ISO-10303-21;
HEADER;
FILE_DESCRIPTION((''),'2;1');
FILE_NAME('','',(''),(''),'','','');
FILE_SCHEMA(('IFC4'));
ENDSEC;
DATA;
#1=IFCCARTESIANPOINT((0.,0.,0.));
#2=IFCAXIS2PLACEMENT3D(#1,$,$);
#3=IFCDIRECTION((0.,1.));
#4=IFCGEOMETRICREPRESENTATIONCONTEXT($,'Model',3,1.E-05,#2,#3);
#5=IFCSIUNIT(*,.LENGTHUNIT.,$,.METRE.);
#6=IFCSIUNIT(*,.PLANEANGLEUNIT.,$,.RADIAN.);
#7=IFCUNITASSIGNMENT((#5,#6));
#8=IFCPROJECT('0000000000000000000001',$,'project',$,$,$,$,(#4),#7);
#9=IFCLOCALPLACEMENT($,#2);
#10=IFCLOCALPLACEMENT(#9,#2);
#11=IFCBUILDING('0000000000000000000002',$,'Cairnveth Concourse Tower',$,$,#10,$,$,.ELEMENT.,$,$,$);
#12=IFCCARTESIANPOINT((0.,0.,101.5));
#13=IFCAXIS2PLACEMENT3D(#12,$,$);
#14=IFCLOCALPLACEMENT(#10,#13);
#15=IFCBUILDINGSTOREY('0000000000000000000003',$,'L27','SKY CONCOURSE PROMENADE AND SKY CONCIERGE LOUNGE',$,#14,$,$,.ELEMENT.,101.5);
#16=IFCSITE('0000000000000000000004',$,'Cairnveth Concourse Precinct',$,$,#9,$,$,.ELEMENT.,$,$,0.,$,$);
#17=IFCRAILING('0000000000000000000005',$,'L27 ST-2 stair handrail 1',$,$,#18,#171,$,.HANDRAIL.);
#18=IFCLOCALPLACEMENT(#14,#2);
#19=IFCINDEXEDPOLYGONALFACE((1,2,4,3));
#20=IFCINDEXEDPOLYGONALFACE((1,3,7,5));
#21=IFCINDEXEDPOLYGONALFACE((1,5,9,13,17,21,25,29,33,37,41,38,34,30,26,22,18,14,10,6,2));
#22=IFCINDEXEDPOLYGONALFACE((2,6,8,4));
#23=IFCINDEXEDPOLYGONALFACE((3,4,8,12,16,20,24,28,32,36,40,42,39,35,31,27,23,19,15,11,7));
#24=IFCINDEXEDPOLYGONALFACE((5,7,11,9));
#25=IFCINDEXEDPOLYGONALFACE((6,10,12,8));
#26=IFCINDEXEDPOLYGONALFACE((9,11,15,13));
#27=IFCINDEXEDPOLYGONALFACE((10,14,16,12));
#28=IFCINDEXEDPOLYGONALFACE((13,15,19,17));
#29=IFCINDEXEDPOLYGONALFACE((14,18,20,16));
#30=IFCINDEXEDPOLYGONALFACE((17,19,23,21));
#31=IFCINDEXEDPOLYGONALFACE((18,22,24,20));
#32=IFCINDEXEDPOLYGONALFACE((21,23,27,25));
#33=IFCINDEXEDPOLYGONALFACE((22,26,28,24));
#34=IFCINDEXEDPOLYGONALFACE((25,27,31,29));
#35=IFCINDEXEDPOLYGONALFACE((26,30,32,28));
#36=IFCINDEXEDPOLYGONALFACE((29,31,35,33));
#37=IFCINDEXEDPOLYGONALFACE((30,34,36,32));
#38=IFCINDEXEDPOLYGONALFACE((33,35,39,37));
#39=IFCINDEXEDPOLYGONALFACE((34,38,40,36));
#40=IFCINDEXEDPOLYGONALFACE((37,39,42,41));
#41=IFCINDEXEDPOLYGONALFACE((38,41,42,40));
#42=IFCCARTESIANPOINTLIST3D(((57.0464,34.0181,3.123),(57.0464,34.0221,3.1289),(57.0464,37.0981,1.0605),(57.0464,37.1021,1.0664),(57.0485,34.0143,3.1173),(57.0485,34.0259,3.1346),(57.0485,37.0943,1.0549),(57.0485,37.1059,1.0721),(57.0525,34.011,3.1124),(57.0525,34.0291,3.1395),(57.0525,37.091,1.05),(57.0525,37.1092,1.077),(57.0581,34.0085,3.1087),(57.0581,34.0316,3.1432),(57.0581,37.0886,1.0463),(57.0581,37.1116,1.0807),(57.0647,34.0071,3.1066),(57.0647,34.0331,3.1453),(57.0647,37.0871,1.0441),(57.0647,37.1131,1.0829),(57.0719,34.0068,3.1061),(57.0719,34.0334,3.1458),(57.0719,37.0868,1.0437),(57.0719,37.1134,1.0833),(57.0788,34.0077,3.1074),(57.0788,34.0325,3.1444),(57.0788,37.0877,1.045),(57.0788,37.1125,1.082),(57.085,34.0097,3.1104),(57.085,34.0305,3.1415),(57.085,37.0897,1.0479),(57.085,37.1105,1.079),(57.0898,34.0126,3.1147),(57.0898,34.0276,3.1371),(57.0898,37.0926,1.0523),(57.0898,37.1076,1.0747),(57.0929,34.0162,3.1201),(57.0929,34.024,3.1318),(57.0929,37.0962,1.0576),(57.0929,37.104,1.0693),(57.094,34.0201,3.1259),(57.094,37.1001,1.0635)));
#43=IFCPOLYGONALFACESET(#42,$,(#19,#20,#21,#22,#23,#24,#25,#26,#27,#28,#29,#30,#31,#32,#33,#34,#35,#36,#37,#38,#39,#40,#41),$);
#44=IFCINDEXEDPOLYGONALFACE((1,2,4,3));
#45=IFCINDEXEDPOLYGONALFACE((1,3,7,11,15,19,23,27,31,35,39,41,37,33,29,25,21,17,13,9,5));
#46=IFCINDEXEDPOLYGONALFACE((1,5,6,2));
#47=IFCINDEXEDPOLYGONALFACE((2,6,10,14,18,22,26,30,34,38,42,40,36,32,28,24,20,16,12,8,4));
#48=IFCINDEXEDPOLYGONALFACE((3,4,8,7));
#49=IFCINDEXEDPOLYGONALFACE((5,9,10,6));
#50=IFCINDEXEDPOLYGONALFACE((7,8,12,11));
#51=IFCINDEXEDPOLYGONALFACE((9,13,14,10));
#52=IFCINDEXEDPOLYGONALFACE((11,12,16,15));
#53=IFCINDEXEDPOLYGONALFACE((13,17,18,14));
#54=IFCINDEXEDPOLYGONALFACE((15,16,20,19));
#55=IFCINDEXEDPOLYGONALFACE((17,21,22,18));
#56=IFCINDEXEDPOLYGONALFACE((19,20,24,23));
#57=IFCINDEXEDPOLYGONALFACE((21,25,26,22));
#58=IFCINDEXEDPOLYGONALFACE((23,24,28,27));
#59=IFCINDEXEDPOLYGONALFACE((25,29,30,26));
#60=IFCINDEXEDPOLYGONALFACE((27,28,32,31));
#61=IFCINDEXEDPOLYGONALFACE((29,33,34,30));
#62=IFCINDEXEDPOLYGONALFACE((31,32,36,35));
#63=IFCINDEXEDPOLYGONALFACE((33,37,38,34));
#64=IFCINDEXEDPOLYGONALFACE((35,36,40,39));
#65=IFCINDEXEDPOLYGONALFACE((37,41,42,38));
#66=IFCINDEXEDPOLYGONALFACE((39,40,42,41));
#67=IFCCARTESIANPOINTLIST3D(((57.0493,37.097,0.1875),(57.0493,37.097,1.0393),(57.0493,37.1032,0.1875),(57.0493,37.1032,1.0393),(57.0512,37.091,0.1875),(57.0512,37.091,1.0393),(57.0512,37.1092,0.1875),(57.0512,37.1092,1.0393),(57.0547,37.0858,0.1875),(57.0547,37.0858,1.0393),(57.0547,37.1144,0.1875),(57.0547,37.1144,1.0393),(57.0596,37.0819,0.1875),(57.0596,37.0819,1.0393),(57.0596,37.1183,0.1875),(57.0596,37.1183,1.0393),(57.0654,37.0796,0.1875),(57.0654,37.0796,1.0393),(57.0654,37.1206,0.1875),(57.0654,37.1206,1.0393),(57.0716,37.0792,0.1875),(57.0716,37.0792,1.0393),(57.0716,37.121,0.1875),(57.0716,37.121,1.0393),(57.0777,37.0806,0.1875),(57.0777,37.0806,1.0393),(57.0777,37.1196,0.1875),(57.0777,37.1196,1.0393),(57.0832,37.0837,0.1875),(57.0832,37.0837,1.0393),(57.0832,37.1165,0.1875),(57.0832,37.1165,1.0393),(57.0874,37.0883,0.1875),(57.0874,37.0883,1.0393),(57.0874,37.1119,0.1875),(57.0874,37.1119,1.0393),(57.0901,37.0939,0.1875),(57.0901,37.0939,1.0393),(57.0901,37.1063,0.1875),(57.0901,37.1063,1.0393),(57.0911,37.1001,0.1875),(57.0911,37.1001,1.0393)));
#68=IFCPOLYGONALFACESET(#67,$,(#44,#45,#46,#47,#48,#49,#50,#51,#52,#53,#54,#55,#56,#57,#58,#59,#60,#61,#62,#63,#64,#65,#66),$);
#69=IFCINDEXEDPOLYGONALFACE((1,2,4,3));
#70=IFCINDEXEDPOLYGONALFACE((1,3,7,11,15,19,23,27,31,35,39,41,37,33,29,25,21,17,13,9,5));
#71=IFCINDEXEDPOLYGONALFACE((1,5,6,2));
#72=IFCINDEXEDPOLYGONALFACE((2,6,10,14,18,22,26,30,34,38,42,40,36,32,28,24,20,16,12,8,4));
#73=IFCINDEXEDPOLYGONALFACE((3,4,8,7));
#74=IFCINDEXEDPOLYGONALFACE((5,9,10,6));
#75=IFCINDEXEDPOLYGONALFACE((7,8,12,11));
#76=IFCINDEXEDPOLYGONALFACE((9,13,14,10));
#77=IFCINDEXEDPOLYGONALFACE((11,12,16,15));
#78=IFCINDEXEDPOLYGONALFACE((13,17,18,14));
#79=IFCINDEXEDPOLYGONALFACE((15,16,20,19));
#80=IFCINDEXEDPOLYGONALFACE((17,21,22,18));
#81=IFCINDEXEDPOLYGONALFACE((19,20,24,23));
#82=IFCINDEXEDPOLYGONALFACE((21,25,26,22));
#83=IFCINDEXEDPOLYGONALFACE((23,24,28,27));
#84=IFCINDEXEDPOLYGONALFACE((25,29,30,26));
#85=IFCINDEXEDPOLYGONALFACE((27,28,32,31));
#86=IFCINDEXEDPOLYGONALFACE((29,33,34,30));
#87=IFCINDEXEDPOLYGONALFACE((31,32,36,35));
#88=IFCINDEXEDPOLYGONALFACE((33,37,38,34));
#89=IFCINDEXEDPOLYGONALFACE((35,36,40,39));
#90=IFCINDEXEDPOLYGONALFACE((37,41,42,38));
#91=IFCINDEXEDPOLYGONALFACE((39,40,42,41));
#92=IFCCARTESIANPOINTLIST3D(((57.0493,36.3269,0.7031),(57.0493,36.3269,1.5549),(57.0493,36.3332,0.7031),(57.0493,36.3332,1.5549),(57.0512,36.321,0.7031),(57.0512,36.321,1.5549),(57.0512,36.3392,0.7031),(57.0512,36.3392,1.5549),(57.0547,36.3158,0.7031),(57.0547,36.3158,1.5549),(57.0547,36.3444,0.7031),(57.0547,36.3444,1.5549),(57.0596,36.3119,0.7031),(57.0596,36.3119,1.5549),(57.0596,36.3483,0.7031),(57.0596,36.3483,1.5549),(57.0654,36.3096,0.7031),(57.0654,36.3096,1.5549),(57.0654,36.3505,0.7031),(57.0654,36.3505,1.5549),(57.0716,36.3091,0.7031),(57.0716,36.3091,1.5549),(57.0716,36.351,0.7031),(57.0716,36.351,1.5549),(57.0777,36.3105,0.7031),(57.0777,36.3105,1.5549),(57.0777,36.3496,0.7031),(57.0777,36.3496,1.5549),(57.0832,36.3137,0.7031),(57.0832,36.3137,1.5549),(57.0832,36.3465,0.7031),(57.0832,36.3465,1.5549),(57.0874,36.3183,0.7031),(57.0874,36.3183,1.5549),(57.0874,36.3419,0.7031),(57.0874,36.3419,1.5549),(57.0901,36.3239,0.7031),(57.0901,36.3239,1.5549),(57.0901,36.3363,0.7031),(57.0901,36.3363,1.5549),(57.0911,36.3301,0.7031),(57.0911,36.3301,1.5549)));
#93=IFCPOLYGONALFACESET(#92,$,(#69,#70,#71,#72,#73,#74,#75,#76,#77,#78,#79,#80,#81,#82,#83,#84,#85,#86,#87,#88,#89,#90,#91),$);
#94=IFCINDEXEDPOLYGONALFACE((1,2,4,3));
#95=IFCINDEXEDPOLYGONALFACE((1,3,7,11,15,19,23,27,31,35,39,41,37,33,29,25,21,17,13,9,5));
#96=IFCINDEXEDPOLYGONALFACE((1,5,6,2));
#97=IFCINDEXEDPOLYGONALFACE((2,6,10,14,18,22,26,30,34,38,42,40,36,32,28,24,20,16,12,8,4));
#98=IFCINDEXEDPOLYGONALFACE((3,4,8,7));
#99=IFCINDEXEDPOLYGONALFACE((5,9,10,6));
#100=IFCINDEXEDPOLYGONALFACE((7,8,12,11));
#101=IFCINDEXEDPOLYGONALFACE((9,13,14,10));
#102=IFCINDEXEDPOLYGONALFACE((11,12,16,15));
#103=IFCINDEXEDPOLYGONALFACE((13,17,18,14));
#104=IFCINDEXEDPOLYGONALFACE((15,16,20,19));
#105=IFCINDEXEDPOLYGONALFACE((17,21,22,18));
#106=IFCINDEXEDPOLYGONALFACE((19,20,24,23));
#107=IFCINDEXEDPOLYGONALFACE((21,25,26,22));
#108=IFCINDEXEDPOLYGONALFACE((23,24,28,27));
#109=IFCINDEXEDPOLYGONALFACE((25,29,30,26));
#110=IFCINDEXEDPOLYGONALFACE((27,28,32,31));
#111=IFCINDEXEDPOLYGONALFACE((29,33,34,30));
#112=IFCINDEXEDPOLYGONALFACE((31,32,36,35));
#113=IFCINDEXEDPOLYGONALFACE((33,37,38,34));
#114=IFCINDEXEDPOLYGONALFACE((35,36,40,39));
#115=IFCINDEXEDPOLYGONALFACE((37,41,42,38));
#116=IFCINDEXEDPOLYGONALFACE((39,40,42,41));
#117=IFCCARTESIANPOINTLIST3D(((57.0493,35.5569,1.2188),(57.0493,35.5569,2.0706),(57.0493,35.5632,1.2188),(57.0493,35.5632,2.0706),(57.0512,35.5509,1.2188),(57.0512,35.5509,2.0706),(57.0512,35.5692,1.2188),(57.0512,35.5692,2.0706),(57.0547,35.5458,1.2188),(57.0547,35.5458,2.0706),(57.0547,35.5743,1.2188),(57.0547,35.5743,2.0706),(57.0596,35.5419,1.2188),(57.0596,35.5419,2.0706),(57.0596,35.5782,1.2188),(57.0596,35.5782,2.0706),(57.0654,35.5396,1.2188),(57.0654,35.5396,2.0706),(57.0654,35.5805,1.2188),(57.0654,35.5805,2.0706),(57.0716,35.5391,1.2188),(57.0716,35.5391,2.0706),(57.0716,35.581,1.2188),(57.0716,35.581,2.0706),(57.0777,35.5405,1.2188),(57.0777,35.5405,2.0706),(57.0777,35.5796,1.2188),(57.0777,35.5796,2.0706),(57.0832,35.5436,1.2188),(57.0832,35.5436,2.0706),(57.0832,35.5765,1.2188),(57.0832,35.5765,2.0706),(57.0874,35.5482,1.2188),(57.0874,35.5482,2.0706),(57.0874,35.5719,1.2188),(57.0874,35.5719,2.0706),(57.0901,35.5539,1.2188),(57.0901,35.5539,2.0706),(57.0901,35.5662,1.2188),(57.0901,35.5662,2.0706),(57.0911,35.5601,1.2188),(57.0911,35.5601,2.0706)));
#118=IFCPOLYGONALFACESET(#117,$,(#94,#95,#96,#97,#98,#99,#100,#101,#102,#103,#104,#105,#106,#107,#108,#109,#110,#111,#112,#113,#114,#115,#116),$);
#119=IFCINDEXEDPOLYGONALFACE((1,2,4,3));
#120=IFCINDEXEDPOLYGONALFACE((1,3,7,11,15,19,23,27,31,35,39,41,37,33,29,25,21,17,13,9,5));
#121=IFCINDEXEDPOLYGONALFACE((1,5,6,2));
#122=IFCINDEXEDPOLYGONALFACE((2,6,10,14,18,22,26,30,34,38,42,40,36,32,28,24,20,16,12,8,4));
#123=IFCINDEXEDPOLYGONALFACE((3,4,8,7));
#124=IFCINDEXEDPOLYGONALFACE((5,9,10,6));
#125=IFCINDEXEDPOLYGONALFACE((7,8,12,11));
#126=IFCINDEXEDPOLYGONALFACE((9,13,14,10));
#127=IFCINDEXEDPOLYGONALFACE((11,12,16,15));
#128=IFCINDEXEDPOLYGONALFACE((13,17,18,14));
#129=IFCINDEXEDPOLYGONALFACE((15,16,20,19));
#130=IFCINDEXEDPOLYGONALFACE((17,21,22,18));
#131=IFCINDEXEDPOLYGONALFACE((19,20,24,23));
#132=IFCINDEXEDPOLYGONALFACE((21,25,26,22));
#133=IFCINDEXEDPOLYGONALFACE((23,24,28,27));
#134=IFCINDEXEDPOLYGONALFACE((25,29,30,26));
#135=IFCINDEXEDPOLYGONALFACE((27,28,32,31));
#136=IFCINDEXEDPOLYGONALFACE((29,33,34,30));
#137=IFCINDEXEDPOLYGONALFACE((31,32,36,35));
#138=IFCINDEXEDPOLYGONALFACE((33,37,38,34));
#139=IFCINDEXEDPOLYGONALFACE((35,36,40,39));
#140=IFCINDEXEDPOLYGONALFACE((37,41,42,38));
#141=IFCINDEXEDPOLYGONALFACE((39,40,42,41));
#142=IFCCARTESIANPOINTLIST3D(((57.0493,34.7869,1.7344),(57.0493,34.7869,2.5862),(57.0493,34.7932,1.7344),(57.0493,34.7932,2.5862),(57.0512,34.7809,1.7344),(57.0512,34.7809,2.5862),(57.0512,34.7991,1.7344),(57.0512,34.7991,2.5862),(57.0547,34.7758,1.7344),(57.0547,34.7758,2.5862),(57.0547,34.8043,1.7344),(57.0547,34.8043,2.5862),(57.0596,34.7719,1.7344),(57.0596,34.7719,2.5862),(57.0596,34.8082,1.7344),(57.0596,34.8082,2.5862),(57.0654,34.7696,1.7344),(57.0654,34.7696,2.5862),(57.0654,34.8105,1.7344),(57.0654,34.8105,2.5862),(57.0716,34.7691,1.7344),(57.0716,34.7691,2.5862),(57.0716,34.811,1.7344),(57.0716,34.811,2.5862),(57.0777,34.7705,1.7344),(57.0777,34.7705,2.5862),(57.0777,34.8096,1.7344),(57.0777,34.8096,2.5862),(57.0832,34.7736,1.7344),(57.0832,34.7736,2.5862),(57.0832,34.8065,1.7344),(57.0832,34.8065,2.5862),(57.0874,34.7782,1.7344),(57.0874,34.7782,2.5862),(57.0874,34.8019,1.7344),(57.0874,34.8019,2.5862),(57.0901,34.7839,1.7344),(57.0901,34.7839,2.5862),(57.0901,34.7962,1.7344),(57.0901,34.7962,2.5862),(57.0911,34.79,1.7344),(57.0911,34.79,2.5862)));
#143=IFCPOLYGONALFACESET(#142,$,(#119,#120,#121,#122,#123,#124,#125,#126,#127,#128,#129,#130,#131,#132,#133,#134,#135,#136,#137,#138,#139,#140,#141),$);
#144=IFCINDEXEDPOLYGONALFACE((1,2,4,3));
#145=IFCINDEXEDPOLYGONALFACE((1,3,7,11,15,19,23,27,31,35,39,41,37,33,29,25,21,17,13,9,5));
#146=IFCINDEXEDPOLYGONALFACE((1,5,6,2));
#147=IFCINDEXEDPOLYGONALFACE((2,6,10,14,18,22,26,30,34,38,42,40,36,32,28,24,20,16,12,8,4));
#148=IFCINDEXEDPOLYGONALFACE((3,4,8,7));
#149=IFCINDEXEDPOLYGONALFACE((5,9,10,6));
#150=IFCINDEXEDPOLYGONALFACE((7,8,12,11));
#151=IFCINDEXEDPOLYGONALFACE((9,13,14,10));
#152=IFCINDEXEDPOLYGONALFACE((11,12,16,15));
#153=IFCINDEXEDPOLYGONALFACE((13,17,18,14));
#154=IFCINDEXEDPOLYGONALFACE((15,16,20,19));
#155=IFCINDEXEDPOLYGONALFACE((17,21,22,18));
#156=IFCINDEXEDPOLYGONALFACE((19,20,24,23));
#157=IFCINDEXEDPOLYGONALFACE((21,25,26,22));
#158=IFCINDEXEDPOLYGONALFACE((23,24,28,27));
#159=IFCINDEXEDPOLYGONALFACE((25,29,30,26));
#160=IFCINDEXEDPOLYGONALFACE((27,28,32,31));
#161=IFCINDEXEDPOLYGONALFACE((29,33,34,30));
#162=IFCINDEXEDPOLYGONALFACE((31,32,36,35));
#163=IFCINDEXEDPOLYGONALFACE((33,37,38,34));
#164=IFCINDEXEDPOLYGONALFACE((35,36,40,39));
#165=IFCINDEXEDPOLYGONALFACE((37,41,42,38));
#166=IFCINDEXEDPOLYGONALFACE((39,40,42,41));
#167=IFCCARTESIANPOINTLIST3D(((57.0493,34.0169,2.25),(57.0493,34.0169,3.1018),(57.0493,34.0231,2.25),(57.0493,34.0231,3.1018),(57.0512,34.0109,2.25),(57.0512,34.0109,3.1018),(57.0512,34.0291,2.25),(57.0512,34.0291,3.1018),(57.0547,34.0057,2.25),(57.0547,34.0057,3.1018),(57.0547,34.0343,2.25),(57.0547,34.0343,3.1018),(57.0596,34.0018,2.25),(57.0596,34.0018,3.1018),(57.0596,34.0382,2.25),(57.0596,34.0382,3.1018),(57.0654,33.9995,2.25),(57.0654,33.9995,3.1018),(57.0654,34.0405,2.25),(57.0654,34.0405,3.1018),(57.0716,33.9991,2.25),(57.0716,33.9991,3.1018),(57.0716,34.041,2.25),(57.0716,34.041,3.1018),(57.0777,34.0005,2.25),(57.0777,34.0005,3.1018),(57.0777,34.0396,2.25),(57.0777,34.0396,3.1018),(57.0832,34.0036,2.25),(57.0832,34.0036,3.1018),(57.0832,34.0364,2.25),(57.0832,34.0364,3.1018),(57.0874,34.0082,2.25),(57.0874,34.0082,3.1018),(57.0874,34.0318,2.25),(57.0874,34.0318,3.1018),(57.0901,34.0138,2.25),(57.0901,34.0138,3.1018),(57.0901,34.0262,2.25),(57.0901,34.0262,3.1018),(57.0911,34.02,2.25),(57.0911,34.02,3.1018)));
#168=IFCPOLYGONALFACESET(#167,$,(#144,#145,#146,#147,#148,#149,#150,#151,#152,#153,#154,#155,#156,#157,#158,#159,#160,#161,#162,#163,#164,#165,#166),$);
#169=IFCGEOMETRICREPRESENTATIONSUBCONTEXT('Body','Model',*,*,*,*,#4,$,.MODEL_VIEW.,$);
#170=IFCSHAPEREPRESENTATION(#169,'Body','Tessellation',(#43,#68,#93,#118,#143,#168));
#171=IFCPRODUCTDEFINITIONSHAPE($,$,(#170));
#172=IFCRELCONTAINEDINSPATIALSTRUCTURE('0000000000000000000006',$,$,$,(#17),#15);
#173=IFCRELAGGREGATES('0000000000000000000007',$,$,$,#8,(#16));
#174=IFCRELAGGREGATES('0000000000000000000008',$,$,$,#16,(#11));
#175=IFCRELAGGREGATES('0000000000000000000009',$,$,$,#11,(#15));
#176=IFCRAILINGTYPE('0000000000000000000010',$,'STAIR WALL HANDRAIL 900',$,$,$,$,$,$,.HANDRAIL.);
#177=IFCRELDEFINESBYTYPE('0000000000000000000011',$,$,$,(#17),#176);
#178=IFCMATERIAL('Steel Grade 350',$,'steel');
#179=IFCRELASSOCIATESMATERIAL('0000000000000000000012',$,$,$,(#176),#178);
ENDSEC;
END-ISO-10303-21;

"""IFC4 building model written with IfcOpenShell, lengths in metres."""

from ifc_helpers import new_model, si_unit, direction, frame, origin, origin_2d, place, context, subcontext, project, spatial, circle, extrude, material, type_object, element, save


model = new_model("IFC4")

# Units and contexts
model_context = context("Model", 3, precision=1e-05, world=origin(), true_north=direction((0.0, 1.0)))
body_context = subcontext(model_context, "Body", "Model", "MODEL_VIEW")
ifc_project = project(units=[si_unit("LENGTHUNIT", "METRE"), si_unit("PLANEANGLEUNIT", "RADIAN")], contexts=[model_context])

# Site, building, storey
site_placement = place(None, origin())
site = spatial("IfcSite", under=ifc_project, at=site_placement, Name="Cairnveth Concourse Precinct", CompositionType="ELEMENT", RefElevation=0.0)
building_placement = place(site_placement, origin())
building = spatial("IfcBuilding", under=site, at=building_placement, Name="Cairnveth Concourse Tower", CompositionType="ELEMENT")
storey_placement = place(building_placement, frame((0.0, 0.0, 101.5)))
storey = spatial("IfcBuildingStorey", under=building, at=storey_placement, Name="L27", Description="SKY CONCOURSE PROMENADE AND SKY CONCIERGE LOUNGE", CompositionType="ELEMENT", Elevation=101.5)

# Shared definitions
ifc_material_1 = material(Name="Steel Grade 350", Category="steel")

# Railing
railing_type_1 = type_object("IfcRailingType", Name="STAIR WALL HANDRAIL 900", PredefinedType="HANDRAIL", material=ifc_material_1)
railing_1_placement = place(storey_placement, frame((57.0701, 37.1001, 0.1875)))
element("IfcRailing", 1, at=railing_1_placement, inside=storey, type_object=railing_type_1, Name="L27 ST-2 stair handrail 1", PredefinedType="HANDRAIL", context=body_context, shape_type="SweptSolid", body=[
    extrude(circle(Radius=0.0239, at=origin_2d()), frame((0.0, 0.0, 0.876), z_axis=(0.0, -0.830914, 0.556401), x_axis=(1.0, 0.0, 0.0)), (0.0, 0.0, 1.0), 3.7068),
    extrude(circle(Radius=0.021, at=origin_2d()), origin(), (0.0, 0.0, 1.0), 0.8518),
    extrude(circle(Radius=0.021, at=origin_2d()), frame((0.0, -0.77, 0.5156)), (0.0, 0.0, 1.0), 0.8518),
    extrude(circle(Radius=0.021, at=origin_2d()), frame((0.0, -1.54, 1.0312)), (0.0, 0.0, 1.0), 0.8518),
    extrude(circle(Radius=0.021, at=origin_2d()), frame((0.0, -2.3101, 1.5469)), (0.0, 0.0, 1.0), 0.8518),
    extrude(circle(Radius=0.021, at=origin_2d()), frame((0.0, -3.0801, 2.0625)), (0.0, 0.0, 1.0), 0.8518),
])

save(model, "model.ifc")
